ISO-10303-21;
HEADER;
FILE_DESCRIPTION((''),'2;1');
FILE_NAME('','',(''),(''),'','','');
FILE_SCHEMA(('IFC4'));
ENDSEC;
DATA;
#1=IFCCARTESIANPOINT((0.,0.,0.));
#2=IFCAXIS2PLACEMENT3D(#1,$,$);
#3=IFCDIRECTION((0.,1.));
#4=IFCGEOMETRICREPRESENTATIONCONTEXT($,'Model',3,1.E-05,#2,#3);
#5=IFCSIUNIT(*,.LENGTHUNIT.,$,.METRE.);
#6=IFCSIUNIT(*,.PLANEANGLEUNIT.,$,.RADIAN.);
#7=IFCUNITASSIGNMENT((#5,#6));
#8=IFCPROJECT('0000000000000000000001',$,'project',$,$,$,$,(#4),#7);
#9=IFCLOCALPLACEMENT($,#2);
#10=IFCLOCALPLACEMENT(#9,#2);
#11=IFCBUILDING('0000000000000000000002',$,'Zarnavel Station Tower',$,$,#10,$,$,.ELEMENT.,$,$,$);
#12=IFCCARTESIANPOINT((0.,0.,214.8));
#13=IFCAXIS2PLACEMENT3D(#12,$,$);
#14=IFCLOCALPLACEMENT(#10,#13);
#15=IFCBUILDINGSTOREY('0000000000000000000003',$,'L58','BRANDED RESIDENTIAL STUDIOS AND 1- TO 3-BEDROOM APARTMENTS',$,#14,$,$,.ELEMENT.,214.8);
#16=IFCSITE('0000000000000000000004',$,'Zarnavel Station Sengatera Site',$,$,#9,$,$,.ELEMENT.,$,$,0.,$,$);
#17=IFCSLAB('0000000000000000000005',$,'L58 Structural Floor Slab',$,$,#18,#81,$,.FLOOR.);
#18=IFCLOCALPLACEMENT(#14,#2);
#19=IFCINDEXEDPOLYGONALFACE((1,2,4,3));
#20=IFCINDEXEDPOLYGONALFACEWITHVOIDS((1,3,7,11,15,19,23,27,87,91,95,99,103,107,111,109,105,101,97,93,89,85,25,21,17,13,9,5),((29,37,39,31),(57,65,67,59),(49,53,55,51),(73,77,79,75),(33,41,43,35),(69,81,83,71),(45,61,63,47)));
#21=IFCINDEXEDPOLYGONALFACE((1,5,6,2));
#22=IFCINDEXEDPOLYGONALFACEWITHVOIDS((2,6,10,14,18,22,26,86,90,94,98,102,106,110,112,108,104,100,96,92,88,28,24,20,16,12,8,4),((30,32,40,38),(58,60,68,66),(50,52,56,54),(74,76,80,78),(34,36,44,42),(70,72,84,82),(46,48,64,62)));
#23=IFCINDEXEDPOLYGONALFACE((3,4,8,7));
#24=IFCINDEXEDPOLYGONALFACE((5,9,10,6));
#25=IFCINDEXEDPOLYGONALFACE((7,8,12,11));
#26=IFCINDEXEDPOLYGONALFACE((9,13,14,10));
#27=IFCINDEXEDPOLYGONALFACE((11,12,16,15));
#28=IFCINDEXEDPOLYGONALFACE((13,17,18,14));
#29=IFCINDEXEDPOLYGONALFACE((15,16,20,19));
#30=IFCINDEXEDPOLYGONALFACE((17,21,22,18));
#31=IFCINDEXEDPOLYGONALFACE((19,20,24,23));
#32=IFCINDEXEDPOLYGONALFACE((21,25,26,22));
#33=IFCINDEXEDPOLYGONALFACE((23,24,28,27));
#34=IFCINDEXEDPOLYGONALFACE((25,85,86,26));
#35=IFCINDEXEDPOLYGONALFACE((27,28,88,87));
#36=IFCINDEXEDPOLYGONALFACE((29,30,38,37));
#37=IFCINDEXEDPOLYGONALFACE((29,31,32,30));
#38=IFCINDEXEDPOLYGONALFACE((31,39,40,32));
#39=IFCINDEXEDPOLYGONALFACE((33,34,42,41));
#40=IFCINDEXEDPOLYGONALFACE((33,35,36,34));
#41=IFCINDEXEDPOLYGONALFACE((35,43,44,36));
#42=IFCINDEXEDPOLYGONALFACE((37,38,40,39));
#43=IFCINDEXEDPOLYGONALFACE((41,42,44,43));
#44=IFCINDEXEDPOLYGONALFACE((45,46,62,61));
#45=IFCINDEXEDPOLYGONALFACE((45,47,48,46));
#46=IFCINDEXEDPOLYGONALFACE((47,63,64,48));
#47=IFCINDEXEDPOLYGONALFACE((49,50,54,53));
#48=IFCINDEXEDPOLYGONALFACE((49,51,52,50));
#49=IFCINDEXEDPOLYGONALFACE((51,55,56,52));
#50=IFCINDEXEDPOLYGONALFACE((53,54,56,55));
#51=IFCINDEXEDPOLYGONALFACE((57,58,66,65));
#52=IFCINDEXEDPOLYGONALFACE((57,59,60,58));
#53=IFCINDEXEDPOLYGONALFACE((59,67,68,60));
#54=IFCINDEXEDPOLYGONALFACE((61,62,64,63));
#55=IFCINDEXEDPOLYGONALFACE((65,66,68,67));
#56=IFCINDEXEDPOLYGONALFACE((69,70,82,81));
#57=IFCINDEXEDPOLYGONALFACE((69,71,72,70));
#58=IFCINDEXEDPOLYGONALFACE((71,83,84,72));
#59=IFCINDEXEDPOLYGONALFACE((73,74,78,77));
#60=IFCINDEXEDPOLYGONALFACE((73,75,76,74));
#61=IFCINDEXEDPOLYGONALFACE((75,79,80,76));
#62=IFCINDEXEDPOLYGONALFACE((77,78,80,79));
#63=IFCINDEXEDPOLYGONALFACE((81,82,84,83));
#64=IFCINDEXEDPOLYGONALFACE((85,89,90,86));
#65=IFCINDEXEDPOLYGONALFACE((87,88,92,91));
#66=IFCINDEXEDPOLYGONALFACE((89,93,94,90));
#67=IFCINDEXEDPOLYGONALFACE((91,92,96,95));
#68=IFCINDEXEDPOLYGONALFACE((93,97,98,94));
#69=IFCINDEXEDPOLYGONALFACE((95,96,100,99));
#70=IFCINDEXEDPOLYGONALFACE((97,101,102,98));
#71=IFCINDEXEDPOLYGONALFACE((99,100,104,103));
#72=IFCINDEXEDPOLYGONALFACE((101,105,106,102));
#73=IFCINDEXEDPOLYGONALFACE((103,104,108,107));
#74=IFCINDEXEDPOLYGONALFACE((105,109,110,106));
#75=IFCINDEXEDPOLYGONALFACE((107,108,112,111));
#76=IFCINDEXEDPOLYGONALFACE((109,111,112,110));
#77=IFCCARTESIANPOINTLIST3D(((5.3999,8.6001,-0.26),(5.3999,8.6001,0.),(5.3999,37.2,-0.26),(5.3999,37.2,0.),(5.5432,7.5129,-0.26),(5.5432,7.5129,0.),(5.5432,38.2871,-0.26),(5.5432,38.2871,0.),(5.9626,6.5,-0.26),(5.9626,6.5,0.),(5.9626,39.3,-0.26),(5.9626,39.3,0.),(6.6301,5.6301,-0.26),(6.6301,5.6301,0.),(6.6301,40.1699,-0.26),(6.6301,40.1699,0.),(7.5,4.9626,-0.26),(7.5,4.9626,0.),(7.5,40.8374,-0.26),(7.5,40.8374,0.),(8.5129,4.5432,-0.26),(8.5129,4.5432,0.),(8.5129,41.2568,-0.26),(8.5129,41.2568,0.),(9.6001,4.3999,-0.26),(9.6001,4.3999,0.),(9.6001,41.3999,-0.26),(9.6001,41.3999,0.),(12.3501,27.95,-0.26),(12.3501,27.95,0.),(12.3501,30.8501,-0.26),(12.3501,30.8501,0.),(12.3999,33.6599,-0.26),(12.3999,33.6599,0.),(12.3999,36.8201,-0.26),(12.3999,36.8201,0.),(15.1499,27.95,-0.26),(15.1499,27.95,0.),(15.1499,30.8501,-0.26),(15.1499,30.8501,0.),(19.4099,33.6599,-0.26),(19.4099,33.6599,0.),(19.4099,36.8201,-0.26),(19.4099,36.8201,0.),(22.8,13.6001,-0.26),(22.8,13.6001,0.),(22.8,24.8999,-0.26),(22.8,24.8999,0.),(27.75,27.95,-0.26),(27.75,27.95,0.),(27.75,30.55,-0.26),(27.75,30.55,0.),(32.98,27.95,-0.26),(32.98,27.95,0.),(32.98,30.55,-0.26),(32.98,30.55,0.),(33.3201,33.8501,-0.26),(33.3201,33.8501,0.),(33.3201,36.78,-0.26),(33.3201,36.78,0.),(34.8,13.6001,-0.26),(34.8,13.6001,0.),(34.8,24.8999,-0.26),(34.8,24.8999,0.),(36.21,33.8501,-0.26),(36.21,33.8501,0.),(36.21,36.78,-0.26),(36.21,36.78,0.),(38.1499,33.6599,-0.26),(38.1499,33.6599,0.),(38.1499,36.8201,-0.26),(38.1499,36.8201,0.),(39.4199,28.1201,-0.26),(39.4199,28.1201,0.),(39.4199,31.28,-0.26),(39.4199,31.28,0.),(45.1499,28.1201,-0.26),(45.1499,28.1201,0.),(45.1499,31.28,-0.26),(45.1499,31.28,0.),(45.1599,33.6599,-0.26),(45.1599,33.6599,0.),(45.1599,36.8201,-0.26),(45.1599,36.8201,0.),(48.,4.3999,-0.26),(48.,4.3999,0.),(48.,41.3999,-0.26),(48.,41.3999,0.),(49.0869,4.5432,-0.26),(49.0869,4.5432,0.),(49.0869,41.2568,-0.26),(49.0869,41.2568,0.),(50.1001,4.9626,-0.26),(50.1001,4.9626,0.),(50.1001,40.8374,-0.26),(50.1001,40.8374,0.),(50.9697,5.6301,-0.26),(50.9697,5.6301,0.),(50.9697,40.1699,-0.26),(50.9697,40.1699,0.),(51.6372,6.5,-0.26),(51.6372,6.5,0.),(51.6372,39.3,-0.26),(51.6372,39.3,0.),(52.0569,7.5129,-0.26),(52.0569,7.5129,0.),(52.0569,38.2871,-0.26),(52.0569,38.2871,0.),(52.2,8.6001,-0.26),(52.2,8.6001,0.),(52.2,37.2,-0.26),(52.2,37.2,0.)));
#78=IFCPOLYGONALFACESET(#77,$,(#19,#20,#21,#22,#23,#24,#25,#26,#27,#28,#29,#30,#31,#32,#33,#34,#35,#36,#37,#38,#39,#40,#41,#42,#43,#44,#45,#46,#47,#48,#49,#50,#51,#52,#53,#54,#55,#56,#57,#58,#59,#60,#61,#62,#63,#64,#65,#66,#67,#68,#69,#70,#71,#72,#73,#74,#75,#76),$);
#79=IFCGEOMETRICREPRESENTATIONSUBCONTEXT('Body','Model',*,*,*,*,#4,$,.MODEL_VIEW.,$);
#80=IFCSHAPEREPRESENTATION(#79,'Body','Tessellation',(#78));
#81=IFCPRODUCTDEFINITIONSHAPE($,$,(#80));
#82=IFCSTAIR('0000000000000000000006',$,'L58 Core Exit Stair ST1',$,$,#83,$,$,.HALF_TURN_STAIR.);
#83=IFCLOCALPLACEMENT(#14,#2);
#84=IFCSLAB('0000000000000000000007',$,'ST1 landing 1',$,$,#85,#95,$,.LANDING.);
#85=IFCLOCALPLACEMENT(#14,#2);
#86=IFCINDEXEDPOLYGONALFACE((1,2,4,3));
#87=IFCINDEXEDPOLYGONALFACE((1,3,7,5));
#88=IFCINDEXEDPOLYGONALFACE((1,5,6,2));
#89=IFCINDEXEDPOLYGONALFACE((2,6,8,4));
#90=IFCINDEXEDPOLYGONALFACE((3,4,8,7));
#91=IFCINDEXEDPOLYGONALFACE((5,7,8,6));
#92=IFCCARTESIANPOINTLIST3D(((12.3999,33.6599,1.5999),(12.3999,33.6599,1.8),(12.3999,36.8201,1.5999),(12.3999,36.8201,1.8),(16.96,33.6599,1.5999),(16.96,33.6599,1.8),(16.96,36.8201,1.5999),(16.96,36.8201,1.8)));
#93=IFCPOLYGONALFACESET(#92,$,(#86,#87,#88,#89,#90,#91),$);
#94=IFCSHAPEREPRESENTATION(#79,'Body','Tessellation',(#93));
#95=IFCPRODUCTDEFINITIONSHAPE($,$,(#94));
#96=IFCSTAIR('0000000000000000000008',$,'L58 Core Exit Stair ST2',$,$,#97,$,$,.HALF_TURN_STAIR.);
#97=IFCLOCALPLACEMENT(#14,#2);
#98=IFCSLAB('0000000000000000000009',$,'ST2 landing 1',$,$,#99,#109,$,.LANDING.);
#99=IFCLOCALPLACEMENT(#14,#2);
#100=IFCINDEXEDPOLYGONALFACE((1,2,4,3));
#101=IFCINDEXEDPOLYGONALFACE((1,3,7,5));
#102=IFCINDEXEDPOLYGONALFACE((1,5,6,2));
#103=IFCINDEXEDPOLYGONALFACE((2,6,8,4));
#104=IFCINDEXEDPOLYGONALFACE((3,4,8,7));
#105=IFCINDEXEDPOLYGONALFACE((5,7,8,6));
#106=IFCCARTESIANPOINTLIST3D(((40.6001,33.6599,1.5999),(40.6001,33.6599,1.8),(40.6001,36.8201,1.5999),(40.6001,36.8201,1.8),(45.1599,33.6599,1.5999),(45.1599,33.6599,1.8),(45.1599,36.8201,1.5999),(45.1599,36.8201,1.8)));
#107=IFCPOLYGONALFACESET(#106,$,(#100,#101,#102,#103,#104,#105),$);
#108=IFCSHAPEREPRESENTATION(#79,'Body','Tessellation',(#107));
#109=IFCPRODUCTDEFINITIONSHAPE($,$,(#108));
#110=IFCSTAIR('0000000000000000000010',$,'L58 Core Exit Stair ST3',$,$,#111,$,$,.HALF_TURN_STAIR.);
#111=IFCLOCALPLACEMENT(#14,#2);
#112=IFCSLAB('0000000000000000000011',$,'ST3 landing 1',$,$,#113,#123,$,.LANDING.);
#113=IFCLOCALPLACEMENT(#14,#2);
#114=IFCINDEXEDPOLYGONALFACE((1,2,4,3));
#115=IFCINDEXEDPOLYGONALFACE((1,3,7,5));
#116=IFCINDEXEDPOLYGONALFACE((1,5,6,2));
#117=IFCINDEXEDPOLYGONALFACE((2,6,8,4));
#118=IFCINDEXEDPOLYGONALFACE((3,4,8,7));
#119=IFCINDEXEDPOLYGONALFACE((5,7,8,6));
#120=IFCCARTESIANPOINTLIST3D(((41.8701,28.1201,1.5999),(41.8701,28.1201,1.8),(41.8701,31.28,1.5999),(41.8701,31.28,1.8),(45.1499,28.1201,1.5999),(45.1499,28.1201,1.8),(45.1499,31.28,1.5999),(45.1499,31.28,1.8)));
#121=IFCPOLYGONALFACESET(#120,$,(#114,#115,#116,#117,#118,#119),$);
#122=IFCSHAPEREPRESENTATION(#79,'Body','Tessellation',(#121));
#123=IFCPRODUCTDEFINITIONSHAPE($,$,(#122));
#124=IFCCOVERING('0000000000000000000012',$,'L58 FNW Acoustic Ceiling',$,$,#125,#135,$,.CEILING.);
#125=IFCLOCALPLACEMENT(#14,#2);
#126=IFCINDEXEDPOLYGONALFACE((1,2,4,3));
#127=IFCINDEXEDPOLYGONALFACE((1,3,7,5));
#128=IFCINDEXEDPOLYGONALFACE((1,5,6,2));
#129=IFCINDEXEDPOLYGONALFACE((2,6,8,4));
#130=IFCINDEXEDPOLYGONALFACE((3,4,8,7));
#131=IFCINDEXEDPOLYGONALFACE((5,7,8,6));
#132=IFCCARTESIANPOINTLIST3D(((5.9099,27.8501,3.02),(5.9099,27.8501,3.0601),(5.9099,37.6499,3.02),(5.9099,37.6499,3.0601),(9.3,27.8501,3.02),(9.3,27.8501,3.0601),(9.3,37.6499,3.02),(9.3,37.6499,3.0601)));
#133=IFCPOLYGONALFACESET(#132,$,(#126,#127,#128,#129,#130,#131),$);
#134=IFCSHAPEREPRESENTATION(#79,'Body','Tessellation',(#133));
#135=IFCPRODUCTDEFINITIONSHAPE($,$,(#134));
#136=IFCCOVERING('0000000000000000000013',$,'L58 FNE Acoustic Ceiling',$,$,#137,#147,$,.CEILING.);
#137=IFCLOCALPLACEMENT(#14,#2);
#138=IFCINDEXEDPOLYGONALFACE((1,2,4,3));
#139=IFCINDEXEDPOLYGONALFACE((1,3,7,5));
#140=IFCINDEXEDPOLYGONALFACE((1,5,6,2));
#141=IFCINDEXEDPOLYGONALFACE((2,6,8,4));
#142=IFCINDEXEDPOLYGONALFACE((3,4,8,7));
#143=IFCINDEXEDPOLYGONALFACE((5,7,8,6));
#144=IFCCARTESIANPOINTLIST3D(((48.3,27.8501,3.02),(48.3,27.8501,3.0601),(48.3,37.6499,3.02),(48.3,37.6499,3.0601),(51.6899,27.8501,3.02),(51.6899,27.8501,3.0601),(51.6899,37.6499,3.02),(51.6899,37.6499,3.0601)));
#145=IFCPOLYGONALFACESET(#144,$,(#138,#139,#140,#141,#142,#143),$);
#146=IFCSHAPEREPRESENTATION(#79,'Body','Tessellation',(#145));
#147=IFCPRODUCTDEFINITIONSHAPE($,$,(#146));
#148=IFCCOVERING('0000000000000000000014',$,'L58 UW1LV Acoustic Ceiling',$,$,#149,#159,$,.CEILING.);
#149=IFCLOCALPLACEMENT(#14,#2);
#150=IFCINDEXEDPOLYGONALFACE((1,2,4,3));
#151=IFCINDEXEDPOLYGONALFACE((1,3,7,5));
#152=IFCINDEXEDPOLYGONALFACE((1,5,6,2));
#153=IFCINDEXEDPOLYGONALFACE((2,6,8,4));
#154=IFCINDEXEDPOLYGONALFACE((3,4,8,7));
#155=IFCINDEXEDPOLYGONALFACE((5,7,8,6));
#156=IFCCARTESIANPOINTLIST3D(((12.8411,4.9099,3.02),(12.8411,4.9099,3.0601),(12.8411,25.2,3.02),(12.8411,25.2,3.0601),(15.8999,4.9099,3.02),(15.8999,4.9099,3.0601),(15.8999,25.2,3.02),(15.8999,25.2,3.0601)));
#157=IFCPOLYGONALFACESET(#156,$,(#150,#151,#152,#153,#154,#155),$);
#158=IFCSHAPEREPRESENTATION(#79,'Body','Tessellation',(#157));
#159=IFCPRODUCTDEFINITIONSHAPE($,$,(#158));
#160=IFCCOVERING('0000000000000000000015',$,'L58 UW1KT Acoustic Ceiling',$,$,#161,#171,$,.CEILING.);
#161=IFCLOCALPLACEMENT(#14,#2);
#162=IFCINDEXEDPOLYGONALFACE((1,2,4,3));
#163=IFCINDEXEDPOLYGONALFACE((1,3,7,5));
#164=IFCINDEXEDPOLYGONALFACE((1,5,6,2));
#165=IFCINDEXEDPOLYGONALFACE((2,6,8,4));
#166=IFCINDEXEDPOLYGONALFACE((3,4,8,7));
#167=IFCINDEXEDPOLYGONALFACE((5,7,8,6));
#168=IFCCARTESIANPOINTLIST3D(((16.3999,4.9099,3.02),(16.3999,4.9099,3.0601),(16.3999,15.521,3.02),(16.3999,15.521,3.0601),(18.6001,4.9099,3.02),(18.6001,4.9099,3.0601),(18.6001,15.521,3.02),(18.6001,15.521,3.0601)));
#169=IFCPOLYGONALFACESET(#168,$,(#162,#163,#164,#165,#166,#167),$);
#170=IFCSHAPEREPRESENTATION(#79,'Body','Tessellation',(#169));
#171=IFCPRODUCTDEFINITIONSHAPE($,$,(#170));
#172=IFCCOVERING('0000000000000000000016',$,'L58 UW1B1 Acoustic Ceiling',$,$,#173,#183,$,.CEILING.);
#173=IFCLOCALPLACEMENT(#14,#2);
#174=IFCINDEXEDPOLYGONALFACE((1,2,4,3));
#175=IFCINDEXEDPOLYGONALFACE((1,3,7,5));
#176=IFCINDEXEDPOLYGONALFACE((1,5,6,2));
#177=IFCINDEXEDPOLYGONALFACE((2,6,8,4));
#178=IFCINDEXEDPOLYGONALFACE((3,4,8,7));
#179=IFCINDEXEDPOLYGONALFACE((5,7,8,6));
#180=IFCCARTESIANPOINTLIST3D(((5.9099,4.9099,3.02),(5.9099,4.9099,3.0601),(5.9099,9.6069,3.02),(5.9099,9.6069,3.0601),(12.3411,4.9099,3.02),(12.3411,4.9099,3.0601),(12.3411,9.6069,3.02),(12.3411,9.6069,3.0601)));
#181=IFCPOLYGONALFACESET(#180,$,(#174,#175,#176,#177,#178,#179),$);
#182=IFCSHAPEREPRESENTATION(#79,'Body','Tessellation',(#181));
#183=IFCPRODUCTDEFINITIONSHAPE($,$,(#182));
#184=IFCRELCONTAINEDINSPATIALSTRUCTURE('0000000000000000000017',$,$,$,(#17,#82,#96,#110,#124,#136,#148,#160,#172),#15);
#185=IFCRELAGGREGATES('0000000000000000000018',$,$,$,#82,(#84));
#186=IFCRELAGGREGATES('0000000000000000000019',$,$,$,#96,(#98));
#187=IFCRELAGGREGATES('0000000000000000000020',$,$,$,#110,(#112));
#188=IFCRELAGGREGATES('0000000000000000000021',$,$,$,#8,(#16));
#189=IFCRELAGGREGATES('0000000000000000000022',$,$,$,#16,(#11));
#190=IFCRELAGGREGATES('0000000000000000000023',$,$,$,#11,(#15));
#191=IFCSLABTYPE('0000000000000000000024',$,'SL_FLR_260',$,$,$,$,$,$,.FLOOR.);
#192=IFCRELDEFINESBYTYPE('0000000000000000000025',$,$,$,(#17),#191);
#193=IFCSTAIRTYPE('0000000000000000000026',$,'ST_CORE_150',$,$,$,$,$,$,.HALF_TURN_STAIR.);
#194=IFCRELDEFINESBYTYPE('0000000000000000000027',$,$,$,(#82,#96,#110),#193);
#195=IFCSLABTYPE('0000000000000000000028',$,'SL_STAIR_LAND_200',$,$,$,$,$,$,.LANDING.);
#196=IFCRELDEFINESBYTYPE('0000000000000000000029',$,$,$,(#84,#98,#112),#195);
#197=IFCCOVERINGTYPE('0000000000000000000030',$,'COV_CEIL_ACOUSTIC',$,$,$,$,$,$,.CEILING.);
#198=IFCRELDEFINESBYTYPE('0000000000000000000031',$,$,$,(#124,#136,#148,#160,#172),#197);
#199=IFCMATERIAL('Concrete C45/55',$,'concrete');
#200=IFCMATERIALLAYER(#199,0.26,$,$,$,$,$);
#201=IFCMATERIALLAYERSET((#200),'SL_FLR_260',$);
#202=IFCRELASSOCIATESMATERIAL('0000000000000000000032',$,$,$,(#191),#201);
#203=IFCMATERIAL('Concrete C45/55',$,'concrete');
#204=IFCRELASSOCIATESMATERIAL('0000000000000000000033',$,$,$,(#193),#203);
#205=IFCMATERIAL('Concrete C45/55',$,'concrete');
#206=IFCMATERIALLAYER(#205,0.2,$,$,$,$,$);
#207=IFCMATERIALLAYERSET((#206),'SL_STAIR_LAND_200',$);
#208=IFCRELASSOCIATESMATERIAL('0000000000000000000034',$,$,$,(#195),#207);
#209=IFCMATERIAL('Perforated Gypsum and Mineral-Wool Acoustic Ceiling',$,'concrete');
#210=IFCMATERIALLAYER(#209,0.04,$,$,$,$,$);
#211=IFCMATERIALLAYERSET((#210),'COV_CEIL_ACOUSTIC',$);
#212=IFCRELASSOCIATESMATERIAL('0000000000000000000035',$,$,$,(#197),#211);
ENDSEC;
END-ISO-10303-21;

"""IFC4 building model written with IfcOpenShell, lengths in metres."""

from ifc_helpers import new_model, si_unit, direction, frame, origin, place, context, subcontext, project, spatial, polyline, outline, extrude, material, layer, layer_set, type_object, element, aggregate, save


model = new_model("IFC4")

# Units and contexts
model_context = context("Model", 3, precision=1e-05, world=origin(), true_north=direction((0.0, 1.0)))
body_context = subcontext(model_context, "Body", "Model", "MODEL_VIEW")
ifc_project = project(units=[si_unit("LENGTHUNIT", "METRE"), si_unit("PLANEANGLEUNIT", "RADIAN")], contexts=[model_context])

# Site, building, storey
site_placement = place(None, origin())
site = spatial("IfcSite", under=ifc_project, at=site_placement, Name="Zarnavel Station Sengatera Site", CompositionType="ELEMENT", RefElevation=0.0)
building_placement = place(site_placement, origin())
building = spatial("IfcBuilding", under=site, at=building_placement, Name="Zarnavel Station Tower", CompositionType="ELEMENT")
storey_placement = place(building_placement, frame((0.0, 0.0, 214.8)))
storey = spatial("IfcBuildingStorey", under=building, at=storey_placement, Name="L58", Description="BRANDED RESIDENTIAL STUDIOS AND 1- TO 3-BEDROOM APARTMENTS", CompositionType="ELEMENT", Elevation=214.8)

# Slab
ifc_material_1 = material(Name="Concrete C45/55", Category="concrete")
ifc_layer_1 = layer(ifc_material_1, 0.26)
ifc_layer_set_1 = layer_set([ifc_layer_1], Name="SL_FLR_260")
slab_type_1 = type_object("IfcSlabType", Name="SL_FLR_260", PredefinedType="FLOOR", material=ifc_layer_set_1)
slab_1_placement = place(storey_placement, frame((0.0, 0.0, -0.26)))
element("IfcSlab", 1, at=slab_1_placement, inside=storey, type_object=slab_type_1, Name="L58 Structural Floor Slab", PredefinedType="FLOOR", context=body_context, shape_type="SweptSolid", body=[
    extrude(outline(polyline([(48.0, 4.3999), (49.0869, 4.5432), (50.1001, 4.9626), (50.9697, 5.6301), (51.6372, 6.5), (52.0569, 7.5129), (52.2, 8.6001), (52.2, 37.2), (52.0569, 38.2871), (51.6372, 39.3), (50.9697, 40.1699), (50.1001, 40.8374), (49.0869, 41.2568), (48.0, 41.3999), (9.6001, 41.3999), (8.5129, 41.2568), (7.5, 40.8374), (6.6301, 40.1699), (5.9626, 39.3), (5.5432, 38.2871), (5.3999, 37.2), (5.3999, 8.6001), (5.5432, 7.5129), (5.9626, 6.5), (6.6301, 5.6301), (7.5, 4.9626), (8.5129, 4.5432), (9.6001, 4.3999), (48.0, 4.3999)]), holes=[polyline([(12.3999, 33.6599), (19.4099, 33.6599), (19.4099, 36.8201), (12.3999, 36.8201), (12.3999, 33.6599)]), polyline([(38.1499, 33.6599), (45.1599, 33.6599), (45.1599, 36.8201), (38.1499, 36.8201), (38.1499, 33.6599)]), polyline([(39.4199, 28.1201), (45.1499, 28.1201), (45.1499, 31.28), (39.4199, 31.28), (39.4199, 28.1201)]), polyline([(12.3501, 27.95), (15.1499, 27.95), (15.1499, 30.8501), (12.3501, 30.8501), (12.3501, 27.95)]), polyline([(33.3201, 33.8501), (36.21, 33.8501), (36.21, 36.78), (33.3201, 36.78), (33.3201, 33.8501)]), polyline([(27.75, 27.95), (32.98, 27.95), (32.98, 30.55), (27.75, 30.55), (27.75, 27.95)]), polyline([(22.8, 13.6001), (34.8, 13.6001), (34.8, 24.8999), (22.8, 24.8999), (22.8, 13.6001)])]), origin(), (0.0, 0.0, 1.0), 0.26),
])

# Stairs, slabs
ifc_material_2 = material(Name="Concrete C45/55", Category="concrete")
stair_type = type_object("IfcStairType", Name="ST_CORE_150", PredefinedType="HALF_TURN_STAIR", material=ifc_material_2)
stair_1_placement = place(storey_placement, origin())
stair_1 = element("IfcStair", 2, at=stair_1_placement, inside=storey, type_object=stair_type, Name="L58 Core Exit Stair ST1", PredefinedType="HALF_TURN_STAIR")
ifc_material_3 = material(Name="Concrete C45/55", Category="concrete")
ifc_layer_2 = layer(ifc_material_3, 0.2)
ifc_layer_set_2 = layer_set([ifc_layer_2], Name="SL_STAIR_LAND_200")
slab_type_2 = type_object("IfcSlabType", Name="SL_STAIR_LAND_200", PredefinedType="LANDING", material=ifc_layer_set_2)
slab_2_placement = place(storey_placement, frame((0.0, 0.0, 1.5999)))
slab_2 = element("IfcSlab", 3, at=slab_2_placement, type_object=slab_type_2, Name="ST1 landing 1", PredefinedType="LANDING", context=body_context, shape_type="SweptSolid", body=[
    extrude(outline(polyline([(16.96, 36.8201), (12.3999, 36.8201), (12.3999, 33.6599), (16.96, 33.6599), (16.96, 36.8201)])), origin(), (0.0, 0.0, 1.0), 0.2002),
])
aggregate(stair_1, [slab_2])
stair_2_placement = place(storey_placement, origin())
stair_2 = element("IfcStair", 4, at=stair_2_placement, inside=storey, type_object=stair_type, Name="L58 Core Exit Stair ST2", PredefinedType="HALF_TURN_STAIR")
slab_3_placement = place(storey_placement, frame((0.0, 0.0, 1.5999)))
slab_3 = element("IfcSlab", 5, at=slab_3_placement, type_object=slab_type_2, Name="ST2 landing 1", PredefinedType="LANDING", context=body_context, shape_type="SweptSolid", body=[
    extrude(outline(polyline([(40.6001, 33.6599), (45.1599, 33.6599), (45.1599, 36.8201), (40.6001, 36.8201), (40.6001, 33.6599)])), origin(), (0.0, 0.0, 1.0), 0.2002),
])
aggregate(stair_2, [slab_3])
stair_3_placement = place(storey_placement, origin())
stair_3 = element("IfcStair", 6, at=stair_3_placement, inside=storey, type_object=stair_type, Name="L58 Core Exit Stair ST3", PredefinedType="HALF_TURN_STAIR")
slab_4_placement = place(storey_placement, frame((0.0, 0.0, 1.5999)))
slab_4 = element("IfcSlab", 7, at=slab_4_placement, type_object=slab_type_2, Name="ST3 landing 1", PredefinedType="LANDING", context=body_context, shape_type="SweptSolid", body=[
    extrude(outline(polyline([(41.8701, 28.1201), (45.1499, 28.1201), (45.1499, 31.28), (41.8701, 31.28), (41.8701, 28.1201)])), origin(), (0.0, 0.0, 1.0), 0.2002),
])
aggregate(stair_3, [slab_4])

# Coverings
ifc_material_4 = material(Name="Perforated Gypsum and Mineral-Wool Acoustic Ceiling", Category="concrete")
ifc_layer_3 = layer(ifc_material_4, 0.04)
ifc_layer_set_3 = layer_set([ifc_layer_3], Name="COV_CEIL_ACOUSTIC")
covering_type_1 = type_object("IfcCoveringType", Name="COV_CEIL_ACOUSTIC", PredefinedType="CEILING", material=ifc_layer_set_3)
covering_1_placement = place(storey_placement, frame((0.0, 0.0, 3.02)))
element("IfcCovering", 8, at=covering_1_placement, inside=storey, type_object=covering_type_1, Name="L58 FNW Acoustic Ceiling", PredefinedType="CEILING", context=body_context, shape_type="SweptSolid", body=[
    extrude(outline(polyline([(5.9099, 27.8501), (9.3, 27.8501), (9.3, 37.6499), (5.9099, 37.6499), (5.9099, 27.8501)])), origin(), (0.0, 0.0, 1.0), 0.04),
])
covering_2_placement = place(storey_placement, frame((0.0, 0.0, 3.02)))
element("IfcCovering", 9, at=covering_2_placement, inside=storey, type_object=covering_type_1, Name="L58 FNE Acoustic Ceiling", PredefinedType="CEILING", context=body_context, shape_type="SweptSolid", body=[
    extrude(outline(polyline([(48.3, 27.8501), (51.6899, 27.8501), (51.6899, 37.6499), (48.3, 37.6499), (48.3, 27.8501)])), origin(), (0.0, 0.0, 1.0), 0.04),
])
covering_3_placement = place(storey_placement, frame((0.0, 0.0, 3.02)))
element("IfcCovering", 10, at=covering_3_placement, inside=storey, type_object=covering_type_1, Name="L58 UW1LV Acoustic Ceiling", PredefinedType="CEILING", context=body_context, shape_type="SweptSolid", body=[
    extrude(outline(polyline([(12.8411, 4.9099), (15.8999, 4.9099), (15.8999, 25.2), (12.8411, 25.2), (12.8411, 4.9099)])), origin(), (0.0, 0.0, 1.0), 0.04),
])
covering_4_placement = place(storey_placement, frame((0.0, 0.0, 3.02)))
element("IfcCovering", 11, at=covering_4_placement, inside=storey, type_object=covering_type_1, Name="L58 UW1KT Acoustic Ceiling", PredefinedType="CEILING", context=body_context, shape_type="SweptSolid", body=[
    extrude(outline(polyline([(16.3999, 4.9099), (18.6001, 4.9099), (18.6001, 15.521), (16.3999, 15.521), (16.3999, 4.9099)])), origin(), (0.0, 0.0, 1.0), 0.04),
])
covering_5_placement = place(storey_placement, frame((0.0, 0.0, 3.02)))
element("IfcCovering", 12, at=covering_5_placement, inside=storey, type_object=covering_type_1, Name="L58 UW1B1 Acoustic Ceiling", PredefinedType="CEILING", context=body_context, shape_type="SweptSolid", body=[
    extrude(outline(polyline([(5.9099, 4.9099), (12.3411, 4.9099), (12.3411, 9.6069), (5.9099, 9.6069), (5.9099, 4.9099)])), origin(), (0.0, 0.0, 1.0), 0.04),
])

save(model, "model.ifc")
